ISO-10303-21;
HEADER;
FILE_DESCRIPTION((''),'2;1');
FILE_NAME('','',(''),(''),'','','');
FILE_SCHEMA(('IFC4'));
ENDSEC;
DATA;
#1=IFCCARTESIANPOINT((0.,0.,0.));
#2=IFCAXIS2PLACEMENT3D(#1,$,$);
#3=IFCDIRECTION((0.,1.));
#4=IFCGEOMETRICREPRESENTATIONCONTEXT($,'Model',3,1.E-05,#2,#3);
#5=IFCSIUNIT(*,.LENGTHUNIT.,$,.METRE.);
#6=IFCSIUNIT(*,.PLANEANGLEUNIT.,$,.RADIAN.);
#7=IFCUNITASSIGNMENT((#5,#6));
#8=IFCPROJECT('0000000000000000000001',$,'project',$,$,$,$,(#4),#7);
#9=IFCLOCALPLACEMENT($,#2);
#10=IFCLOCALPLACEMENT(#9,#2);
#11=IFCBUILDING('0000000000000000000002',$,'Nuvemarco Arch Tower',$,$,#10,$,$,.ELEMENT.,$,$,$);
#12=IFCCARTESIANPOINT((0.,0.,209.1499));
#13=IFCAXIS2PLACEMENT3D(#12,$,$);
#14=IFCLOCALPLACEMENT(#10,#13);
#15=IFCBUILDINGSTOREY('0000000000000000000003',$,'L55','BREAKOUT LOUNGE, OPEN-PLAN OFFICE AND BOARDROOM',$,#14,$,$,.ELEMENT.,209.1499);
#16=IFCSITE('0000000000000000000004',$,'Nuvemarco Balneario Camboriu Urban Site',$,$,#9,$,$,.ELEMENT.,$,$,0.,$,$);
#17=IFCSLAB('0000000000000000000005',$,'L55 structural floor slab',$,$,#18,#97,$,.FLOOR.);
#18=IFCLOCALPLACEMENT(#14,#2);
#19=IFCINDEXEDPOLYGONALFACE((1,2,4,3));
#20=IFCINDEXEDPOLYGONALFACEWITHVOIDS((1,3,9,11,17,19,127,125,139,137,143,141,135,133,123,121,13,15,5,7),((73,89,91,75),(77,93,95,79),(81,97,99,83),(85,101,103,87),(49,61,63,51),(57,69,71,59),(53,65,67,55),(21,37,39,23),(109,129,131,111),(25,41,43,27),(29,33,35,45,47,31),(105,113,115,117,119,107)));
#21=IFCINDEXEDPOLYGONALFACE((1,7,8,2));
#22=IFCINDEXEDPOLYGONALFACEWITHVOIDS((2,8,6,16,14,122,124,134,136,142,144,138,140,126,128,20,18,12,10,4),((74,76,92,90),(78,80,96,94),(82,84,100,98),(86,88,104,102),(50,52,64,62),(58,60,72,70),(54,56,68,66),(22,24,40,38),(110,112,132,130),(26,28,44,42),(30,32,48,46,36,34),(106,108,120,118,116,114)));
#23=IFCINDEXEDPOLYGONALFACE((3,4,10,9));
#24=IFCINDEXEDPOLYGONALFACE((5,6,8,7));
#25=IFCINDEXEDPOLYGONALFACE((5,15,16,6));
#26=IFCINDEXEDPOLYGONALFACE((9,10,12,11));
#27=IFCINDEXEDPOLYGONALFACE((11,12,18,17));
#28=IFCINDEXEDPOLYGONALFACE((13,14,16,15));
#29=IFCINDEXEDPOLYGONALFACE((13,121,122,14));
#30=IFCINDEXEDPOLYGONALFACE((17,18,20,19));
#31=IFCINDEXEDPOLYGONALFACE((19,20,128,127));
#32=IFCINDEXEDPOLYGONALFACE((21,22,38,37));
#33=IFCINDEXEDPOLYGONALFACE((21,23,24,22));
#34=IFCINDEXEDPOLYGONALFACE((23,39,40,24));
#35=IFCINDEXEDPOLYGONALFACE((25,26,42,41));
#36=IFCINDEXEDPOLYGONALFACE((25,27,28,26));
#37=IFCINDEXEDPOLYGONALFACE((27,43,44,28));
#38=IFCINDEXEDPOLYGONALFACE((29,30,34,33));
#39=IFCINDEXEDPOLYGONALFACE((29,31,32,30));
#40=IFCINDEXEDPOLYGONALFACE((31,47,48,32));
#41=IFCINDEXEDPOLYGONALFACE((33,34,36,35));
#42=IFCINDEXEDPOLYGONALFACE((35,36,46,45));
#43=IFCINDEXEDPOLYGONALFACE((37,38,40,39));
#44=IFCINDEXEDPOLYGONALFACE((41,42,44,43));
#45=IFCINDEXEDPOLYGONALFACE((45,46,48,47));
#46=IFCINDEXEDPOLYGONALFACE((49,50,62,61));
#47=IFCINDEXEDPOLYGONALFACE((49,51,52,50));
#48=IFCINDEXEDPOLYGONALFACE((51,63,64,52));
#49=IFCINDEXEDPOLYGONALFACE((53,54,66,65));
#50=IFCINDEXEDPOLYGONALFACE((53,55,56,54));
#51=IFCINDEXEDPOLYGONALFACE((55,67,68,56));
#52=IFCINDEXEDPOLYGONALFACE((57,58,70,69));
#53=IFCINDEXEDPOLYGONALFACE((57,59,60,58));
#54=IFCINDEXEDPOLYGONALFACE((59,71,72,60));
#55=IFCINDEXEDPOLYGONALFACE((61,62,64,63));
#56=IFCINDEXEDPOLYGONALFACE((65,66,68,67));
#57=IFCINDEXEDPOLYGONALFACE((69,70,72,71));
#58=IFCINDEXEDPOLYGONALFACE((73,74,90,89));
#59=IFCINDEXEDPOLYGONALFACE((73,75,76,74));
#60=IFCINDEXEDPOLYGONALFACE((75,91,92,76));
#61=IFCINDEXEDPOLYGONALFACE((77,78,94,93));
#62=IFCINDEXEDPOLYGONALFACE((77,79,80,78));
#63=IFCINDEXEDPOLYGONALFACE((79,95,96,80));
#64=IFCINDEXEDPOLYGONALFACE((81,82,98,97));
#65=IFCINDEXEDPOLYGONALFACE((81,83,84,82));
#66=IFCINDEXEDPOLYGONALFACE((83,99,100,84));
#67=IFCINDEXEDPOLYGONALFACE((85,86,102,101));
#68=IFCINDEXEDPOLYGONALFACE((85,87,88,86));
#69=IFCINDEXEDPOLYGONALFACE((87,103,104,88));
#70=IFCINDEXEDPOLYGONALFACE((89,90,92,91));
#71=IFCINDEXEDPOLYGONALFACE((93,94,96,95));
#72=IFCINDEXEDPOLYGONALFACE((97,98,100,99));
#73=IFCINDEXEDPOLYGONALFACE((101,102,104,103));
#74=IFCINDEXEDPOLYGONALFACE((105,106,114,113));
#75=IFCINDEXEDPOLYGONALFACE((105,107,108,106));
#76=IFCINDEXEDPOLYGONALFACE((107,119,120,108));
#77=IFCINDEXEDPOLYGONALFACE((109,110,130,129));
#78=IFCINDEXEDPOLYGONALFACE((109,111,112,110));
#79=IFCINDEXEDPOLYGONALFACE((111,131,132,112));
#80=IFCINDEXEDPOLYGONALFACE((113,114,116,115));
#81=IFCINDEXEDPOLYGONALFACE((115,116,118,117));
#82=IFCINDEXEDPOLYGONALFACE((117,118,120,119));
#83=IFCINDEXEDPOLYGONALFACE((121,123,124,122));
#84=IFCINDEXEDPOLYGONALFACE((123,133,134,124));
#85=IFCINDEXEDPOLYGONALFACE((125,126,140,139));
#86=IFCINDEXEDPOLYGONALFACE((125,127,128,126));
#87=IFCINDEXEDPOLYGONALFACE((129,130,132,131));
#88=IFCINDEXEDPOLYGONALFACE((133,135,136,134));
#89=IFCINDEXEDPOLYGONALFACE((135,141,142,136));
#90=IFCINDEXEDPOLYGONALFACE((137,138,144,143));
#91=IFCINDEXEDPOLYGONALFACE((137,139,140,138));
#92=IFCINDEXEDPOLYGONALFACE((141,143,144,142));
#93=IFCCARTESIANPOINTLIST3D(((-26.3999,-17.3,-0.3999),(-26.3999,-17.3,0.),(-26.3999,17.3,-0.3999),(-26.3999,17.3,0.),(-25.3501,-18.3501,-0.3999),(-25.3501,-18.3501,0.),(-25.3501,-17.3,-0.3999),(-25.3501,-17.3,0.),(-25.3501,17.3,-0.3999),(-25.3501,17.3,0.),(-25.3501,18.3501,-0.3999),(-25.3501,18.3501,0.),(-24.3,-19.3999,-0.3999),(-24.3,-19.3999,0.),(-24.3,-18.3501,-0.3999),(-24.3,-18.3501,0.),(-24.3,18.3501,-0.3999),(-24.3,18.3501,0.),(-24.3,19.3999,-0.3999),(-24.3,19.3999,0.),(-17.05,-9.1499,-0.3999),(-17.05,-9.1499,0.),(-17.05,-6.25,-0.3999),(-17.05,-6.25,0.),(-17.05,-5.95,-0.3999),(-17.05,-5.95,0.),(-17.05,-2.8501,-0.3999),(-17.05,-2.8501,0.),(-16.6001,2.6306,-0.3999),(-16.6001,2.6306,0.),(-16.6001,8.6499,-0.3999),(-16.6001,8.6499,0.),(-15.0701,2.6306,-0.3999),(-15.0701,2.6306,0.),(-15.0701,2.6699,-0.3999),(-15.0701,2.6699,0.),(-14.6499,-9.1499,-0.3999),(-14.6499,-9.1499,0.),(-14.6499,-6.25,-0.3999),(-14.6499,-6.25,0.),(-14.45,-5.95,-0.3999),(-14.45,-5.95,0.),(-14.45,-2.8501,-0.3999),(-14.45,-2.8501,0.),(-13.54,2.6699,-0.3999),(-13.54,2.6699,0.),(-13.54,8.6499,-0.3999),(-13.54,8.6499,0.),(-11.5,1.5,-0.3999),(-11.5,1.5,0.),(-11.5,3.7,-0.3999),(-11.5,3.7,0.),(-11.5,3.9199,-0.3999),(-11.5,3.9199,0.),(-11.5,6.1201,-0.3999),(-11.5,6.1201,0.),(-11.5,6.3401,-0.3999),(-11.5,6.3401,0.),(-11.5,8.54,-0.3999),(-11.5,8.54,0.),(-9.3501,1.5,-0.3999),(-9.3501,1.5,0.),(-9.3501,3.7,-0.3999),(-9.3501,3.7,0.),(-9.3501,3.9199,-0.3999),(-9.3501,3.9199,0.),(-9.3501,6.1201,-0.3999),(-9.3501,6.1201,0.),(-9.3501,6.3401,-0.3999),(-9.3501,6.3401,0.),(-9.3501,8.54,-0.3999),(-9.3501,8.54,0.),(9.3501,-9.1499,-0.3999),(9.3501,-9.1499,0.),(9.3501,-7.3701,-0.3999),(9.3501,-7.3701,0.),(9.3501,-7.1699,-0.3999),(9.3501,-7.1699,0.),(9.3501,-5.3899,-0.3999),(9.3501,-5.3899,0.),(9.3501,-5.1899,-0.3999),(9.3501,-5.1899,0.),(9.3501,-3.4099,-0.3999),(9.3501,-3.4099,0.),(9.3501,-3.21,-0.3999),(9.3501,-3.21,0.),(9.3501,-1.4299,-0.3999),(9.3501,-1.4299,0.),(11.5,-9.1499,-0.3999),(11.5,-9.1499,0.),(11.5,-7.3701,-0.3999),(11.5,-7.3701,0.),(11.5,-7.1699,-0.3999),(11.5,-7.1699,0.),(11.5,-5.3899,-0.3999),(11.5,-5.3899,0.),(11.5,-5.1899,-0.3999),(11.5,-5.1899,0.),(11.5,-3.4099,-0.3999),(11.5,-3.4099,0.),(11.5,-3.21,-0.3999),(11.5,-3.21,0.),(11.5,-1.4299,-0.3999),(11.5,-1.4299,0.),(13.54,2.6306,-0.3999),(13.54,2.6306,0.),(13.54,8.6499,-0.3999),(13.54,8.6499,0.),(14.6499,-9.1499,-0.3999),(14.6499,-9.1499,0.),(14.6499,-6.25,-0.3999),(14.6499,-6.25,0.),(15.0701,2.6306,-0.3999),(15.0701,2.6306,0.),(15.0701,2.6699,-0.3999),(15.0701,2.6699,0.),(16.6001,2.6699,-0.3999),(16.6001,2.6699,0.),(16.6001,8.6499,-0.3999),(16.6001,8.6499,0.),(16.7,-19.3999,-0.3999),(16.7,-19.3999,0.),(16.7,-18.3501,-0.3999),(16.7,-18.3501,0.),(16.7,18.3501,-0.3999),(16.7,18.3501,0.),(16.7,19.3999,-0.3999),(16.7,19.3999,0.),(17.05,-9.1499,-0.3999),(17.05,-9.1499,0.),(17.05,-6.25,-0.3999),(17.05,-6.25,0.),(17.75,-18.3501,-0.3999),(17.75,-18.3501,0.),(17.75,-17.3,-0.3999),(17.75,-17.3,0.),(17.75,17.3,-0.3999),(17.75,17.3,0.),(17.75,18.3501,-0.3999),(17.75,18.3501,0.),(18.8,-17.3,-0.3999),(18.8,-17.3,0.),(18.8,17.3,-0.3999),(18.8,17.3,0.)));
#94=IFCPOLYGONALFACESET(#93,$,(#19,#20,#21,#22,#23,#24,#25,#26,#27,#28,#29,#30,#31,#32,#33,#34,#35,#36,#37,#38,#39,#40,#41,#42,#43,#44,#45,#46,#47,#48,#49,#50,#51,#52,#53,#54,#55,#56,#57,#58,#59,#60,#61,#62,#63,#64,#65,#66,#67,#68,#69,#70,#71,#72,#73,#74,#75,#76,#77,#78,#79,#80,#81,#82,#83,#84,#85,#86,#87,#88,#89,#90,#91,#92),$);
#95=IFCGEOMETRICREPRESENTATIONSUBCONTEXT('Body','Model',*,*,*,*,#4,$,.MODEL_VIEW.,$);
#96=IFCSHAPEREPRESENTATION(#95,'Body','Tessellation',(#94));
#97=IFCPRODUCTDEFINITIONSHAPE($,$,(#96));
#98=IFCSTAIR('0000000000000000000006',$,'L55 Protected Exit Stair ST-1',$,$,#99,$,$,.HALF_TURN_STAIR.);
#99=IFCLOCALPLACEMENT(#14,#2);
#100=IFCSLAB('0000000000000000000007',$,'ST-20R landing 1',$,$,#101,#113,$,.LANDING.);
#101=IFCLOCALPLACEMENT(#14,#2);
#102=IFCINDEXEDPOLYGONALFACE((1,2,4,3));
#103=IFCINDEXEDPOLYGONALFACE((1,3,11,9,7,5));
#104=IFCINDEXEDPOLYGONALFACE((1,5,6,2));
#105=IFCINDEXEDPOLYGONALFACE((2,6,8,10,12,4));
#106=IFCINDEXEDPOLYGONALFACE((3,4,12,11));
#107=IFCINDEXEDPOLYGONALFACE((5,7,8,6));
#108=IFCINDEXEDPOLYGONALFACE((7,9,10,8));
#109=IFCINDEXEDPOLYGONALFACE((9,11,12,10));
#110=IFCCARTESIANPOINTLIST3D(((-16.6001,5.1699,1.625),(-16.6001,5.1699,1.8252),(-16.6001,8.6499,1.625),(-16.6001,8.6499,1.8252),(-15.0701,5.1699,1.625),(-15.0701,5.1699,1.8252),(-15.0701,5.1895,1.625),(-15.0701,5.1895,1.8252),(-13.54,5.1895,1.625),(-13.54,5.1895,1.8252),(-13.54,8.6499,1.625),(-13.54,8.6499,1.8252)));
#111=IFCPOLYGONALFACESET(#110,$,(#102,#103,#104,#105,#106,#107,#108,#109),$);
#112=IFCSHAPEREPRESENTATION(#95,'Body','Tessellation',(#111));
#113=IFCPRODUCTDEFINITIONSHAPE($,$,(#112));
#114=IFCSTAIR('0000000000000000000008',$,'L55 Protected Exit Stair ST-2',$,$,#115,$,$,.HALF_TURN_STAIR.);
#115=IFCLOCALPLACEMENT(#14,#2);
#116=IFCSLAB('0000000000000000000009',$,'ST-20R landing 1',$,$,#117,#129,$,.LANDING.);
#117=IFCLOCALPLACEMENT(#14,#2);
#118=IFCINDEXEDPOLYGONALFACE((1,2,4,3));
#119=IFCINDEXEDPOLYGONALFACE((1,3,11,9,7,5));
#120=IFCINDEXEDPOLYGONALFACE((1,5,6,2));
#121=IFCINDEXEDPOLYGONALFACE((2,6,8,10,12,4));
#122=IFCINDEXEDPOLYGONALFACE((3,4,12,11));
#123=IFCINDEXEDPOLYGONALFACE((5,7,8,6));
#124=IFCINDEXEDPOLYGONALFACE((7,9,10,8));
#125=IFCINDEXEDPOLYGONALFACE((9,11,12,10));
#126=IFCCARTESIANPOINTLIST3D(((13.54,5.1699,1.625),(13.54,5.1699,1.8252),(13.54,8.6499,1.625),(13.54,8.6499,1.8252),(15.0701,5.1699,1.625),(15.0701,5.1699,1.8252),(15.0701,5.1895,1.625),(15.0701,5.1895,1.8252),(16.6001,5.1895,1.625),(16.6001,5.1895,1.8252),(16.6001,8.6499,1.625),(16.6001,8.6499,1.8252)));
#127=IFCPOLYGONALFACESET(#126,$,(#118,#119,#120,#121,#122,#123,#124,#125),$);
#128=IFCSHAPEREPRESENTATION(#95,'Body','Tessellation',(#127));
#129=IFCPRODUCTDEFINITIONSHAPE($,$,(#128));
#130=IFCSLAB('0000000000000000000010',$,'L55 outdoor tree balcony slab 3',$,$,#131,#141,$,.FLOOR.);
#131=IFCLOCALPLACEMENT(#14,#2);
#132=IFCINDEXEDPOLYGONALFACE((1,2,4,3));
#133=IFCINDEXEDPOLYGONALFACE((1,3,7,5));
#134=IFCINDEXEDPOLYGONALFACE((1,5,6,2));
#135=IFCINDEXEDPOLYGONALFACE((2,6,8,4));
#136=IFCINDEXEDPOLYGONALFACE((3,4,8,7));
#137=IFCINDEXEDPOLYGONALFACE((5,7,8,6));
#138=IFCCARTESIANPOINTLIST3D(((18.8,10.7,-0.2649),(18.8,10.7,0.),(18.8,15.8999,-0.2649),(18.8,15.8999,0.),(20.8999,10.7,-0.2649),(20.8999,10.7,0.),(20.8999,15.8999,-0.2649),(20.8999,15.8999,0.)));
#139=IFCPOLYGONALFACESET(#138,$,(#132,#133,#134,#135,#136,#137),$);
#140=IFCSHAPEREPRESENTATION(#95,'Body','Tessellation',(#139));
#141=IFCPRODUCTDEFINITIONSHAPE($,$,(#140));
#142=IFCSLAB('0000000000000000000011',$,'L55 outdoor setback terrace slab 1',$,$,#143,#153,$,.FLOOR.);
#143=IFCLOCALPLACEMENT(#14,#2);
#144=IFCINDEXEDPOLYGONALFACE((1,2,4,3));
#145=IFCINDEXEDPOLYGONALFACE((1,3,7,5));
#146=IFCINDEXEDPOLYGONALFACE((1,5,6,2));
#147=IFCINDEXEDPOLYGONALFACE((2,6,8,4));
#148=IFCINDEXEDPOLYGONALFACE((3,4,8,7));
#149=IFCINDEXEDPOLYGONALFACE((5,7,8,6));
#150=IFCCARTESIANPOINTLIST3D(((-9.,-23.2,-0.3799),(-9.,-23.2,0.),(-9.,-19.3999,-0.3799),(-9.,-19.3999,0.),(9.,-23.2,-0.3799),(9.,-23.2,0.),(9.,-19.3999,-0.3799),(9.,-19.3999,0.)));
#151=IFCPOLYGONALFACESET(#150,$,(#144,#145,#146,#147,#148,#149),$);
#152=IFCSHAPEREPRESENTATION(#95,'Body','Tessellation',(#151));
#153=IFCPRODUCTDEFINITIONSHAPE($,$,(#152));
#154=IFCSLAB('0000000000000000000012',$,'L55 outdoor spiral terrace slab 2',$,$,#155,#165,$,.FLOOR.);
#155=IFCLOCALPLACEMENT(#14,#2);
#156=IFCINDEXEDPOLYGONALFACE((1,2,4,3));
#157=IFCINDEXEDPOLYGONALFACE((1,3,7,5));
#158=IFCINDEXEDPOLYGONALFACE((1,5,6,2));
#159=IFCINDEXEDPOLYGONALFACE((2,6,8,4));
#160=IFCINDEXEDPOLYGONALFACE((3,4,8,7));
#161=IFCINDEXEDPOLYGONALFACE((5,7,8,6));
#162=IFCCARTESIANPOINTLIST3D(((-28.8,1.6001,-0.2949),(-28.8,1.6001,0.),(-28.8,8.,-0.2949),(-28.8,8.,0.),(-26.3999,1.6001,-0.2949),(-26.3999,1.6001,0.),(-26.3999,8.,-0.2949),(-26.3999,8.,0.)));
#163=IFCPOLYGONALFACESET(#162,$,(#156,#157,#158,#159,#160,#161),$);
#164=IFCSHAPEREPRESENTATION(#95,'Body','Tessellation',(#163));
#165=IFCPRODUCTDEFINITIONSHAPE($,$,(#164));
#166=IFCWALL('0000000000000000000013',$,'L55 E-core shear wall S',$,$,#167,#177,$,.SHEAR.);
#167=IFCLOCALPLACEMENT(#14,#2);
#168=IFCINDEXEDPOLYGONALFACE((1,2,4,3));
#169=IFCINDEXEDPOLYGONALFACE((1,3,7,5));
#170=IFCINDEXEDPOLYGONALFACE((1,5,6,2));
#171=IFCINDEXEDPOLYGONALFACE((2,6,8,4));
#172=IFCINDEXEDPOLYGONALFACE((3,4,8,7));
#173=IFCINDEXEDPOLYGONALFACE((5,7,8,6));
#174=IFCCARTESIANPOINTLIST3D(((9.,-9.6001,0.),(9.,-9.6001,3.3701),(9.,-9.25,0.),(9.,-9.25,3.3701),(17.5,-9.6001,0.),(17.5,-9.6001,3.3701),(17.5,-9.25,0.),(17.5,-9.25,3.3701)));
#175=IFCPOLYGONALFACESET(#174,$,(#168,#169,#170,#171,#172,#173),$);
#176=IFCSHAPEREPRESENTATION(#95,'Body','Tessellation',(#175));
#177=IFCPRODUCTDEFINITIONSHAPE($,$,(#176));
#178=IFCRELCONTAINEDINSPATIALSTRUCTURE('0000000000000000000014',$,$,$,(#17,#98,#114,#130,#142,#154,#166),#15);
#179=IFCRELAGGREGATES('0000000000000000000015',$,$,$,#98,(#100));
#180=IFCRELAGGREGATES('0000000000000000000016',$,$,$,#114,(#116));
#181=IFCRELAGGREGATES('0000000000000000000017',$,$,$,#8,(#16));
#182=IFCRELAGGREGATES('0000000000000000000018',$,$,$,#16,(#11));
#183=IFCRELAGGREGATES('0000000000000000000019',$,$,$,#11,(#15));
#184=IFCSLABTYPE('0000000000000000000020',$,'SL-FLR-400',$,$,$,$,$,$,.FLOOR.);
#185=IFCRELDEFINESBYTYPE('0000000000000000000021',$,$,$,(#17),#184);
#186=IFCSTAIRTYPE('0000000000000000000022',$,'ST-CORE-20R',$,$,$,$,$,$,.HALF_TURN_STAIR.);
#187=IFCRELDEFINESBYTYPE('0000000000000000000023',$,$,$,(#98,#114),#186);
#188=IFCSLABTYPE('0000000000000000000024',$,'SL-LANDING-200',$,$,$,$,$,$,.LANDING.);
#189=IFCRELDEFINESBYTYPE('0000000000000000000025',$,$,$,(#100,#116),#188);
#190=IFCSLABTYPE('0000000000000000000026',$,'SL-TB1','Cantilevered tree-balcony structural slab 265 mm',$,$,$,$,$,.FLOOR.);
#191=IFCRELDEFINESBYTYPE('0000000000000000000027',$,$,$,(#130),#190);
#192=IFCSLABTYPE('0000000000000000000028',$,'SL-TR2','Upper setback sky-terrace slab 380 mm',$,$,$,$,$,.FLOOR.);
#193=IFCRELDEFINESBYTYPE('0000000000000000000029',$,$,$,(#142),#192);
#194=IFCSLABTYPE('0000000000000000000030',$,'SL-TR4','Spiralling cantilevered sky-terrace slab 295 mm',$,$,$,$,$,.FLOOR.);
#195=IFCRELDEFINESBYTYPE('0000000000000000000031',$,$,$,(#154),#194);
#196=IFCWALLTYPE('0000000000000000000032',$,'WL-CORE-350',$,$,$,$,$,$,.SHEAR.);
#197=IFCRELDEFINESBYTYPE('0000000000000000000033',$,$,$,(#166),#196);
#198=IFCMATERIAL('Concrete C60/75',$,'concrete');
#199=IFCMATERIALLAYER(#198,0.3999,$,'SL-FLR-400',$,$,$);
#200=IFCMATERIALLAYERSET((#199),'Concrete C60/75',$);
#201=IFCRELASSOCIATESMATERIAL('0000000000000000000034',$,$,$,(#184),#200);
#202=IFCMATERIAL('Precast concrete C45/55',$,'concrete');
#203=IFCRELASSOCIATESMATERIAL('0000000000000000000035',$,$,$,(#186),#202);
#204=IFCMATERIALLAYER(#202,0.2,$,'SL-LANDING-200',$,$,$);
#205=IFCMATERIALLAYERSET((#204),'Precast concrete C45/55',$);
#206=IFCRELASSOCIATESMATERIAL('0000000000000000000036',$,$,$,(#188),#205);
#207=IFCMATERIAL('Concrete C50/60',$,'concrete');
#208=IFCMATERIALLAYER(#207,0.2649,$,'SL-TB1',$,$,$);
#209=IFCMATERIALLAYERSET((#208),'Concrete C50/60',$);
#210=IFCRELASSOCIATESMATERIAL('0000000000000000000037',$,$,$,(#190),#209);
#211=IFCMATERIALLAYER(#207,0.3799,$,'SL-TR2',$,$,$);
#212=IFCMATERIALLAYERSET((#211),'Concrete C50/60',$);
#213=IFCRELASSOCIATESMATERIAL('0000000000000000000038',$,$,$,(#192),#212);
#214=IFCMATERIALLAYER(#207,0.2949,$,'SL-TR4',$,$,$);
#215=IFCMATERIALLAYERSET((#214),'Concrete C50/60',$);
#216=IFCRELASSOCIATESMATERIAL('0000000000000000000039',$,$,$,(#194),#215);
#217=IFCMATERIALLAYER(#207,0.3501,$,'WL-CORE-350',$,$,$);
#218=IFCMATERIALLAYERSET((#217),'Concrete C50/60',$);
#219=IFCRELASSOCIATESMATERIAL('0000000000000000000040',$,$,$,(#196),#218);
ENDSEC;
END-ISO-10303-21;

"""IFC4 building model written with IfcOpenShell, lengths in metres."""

from ifc_helpers import new_model, si_unit, direction, frame, frame_2d, origin, place, context, subcontext, project, spatial, polyline, rectangle, outline, extrude, material, layer, layer_set, type_object, element, aggregate, save


model = new_model("IFC4")

# Units and contexts
model_context = context("Model", 3, precision=1e-05, world=origin(), true_north=direction((0.0, 1.0)))
body_context = subcontext(model_context, "Body", "Model", "MODEL_VIEW")
ifc_project = project(units=[si_unit("LENGTHUNIT", "METRE"), si_unit("PLANEANGLEUNIT", "RADIAN")], contexts=[model_context])

# Site, building, storey
site_placement = place(None, origin())
site = spatial("IfcSite", under=ifc_project, at=site_placement, Name="Nuvemarco Balneario Camboriu Urban Site", CompositionType="ELEMENT", RefElevation=0.0)
building_placement = place(site_placement, origin())
building = spatial("IfcBuilding", under=site, at=building_placement, Name="Nuvemarco Arch Tower", CompositionType="ELEMENT")
storey_placement = place(building_placement, frame((0.0, 0.0, 209.1499)))
storey = spatial("IfcBuildingStorey", under=building, at=storey_placement, Name="L55", Description="BREAKOUT LOUNGE, OPEN-PLAN OFFICE AND BOARDROOM", CompositionType="ELEMENT", Elevation=209.1499)

# Shared definitions
ifc_material_1 = material(Name="Concrete C50/60", Category="concrete")

# Slab
ifc_material_2 = material(Name="Concrete C60/75", Category="concrete")
ifc_layer_1 = layer(ifc_material_2, 0.3999, Name="SL-FLR-400")
ifc_layer_set_1 = layer_set([ifc_layer_1], Name="Concrete C60/75")
slab_type_1 = type_object("IfcSlabType", Name="SL-FLR-400", PredefinedType="FLOOR", material=ifc_layer_set_1)
slab_1_placement = place(storey_placement, frame((0.0, 0.0, -0.3999)))
element("IfcSlab", 1, at=slab_1_placement, inside=storey, type_object=slab_type_1, Name="L55 structural floor slab", PredefinedType="FLOOR", context=body_context, shape_type="SweptSolid", body=[
    extrude(outline(polyline([(-24.3, -19.3999), (16.7, -19.3999), (16.7, -18.3501), (17.75, -18.3501), (17.75, -17.3), (18.8, -17.3), (18.8, 17.3), (17.75, 17.3), (17.75, 18.3501), (16.7, 18.3501), (16.7, 19.3999), (-24.3, 19.3999), (-24.3, 18.3501), (-25.3501, 18.3501), (-25.3501, 17.3), (-26.3999, 17.3), (-26.3999, -17.3), (-25.3501, -17.3), (-25.3501, -18.3501), (-24.3, -18.3501), (-24.3, -19.3999)]), holes=[polyline([(-13.54, 2.6699), (-13.54, 8.6499), (-16.6001, 8.6499), (-16.6001, 2.6306), (-15.0701, 2.6306), (-15.0701, 2.6699), (-13.54, 2.6699)]), polyline([(16.6001, 2.6699), (16.6001, 8.6499), (13.54, 8.6499), (13.54, 2.6306), (15.0701, 2.6306), (15.0701, 2.6699), (16.6001, 2.6699)]), polyline([(-17.05, -9.1499), (-14.6499, -9.1499), (-14.6499, -6.25), (-17.05, -6.25), (-17.05, -9.1499)]), polyline([(-17.05, -5.95), (-14.45, -5.95), (-14.45, -2.8501), (-17.05, -2.8501), (-17.05, -5.95)]), polyline([(-11.5, 1.5), (-9.3501, 1.5), (-9.3501, 3.7), (-11.5, 3.7), (-11.5, 1.5)]), polyline([(-11.5, 3.9199), (-9.3501, 3.9199), (-9.3501, 6.1201), (-11.5, 6.1201), (-11.5, 3.9199)]), polyline([(-11.5, 6.3401), (-9.3501, 6.3401), (-9.3501, 8.54), (-11.5, 8.54), (-11.5, 6.3401)]), polyline([(14.6499, -9.1499), (17.05, -9.1499), (17.05, -6.25), (14.6499, -6.25), (14.6499, -9.1499)]), polyline([(9.3501, -9.1499), (11.5, -9.1499), (11.5, -7.3701), (9.3501, -7.3701), (9.3501, -9.1499)]), polyline([(9.3501, -7.1699), (11.5, -7.1699), (11.5, -5.3899), (9.3501, -5.3899), (9.3501, -7.1699)]), polyline([(9.3501, -5.1899), (11.5, -5.1899), (11.5, -3.4099), (9.3501, -3.4099), (9.3501, -5.1899)]), polyline([(9.3501, -3.21), (11.5, -3.21), (11.5, -1.4299), (9.3501, -1.4299), (9.3501, -3.21)])]), origin(), (0.0, 0.0, 1.0), 0.3999),
])

# Stairs, slabs
ifc_material_3 = material(Name="Precast concrete C45/55", Category="concrete")
stair_type = type_object("IfcStairType", Name="ST-CORE-20R", PredefinedType="HALF_TURN_STAIR", material=ifc_material_3)
stair_1_placement = place(storey_placement, origin())
stair_1 = element("IfcStair", 2, at=stair_1_placement, inside=storey, type_object=stair_type, Name="L55 Protected Exit Stair ST-1", PredefinedType="HALF_TURN_STAIR")
ifc_layer_2 = layer(ifc_material_3, 0.2, Name="SL-LANDING-200")
ifc_layer_set_2 = layer_set([ifc_layer_2], Name="Precast concrete C45/55")
slab_type_2 = type_object("IfcSlabType", Name="SL-LANDING-200", PredefinedType="LANDING", material=ifc_layer_set_2)
slab_2_placement = place(storey_placement, frame((0.0, 0.0, 1.625)))
slab_2 = element("IfcSlab", 3, at=slab_2_placement, type_object=slab_type_2, Name="ST-20R landing 1", PredefinedType="LANDING", context=body_context, shape_type="SweptSolid", body=[
    extrude(outline(polyline([(-13.54, 5.1895), (-13.54, 8.6499), (-16.6001, 8.6499), (-16.6001, 5.1699), (-15.0701, 5.1699), (-15.0701, 5.1895), (-13.54, 5.1895)])), origin(), (0.0, 0.0, 1.0), 0.2002),
])
aggregate(stair_1, [slab_2])
stair_2_placement = place(storey_placement, origin())
stair_2 = element("IfcStair", 4, at=stair_2_placement, inside=storey, type_object=stair_type, Name="L55 Protected Exit Stair ST-2", PredefinedType="HALF_TURN_STAIR")
slab_3_placement = place(storey_placement, frame((0.0, 0.0, 1.625)))
slab_3 = element("IfcSlab", 5, at=slab_3_placement, type_object=slab_type_2, Name="ST-20R landing 1", PredefinedType="LANDING", context=body_context, shape_type="SweptSolid", body=[
    extrude(outline(polyline([(16.6001, 5.1895), (16.6001, 8.6499), (13.54, 8.6499), (13.54, 5.1699), (15.0701, 5.1699), (15.0701, 5.1895), (16.6001, 5.1895)])), origin(), (0.0, 0.0, 1.0), 0.2002),
])
aggregate(stair_2, [slab_3])

# Slabs
ifc_layer_3 = layer(ifc_material_1, 0.2649, Name="SL-TB1")
ifc_layer_set_3 = layer_set([ifc_layer_3], Name="Concrete C50/60")
slab_type_3 = type_object("IfcSlabType", Name="SL-TB1", Description="Cantilevered tree-balcony structural slab 265 mm", PredefinedType="FLOOR", material=ifc_layer_set_3)
slab_4_placement = place(storey_placement, frame((0.0, 0.0, -0.2649)))
element("IfcSlab", 6, at=slab_4_placement, inside=storey, type_object=slab_type_3, Name="L55 outdoor tree balcony slab 3", PredefinedType="FLOOR", context=body_context, shape_type="SweptSolid", body=[
    extrude(outline(polyline([(18.8, 10.7), (20.8999, 10.7), (20.8999, 15.8999), (18.8, 15.8999), (18.8, 10.7)])), origin(), (0.0, 0.0, 1.0), 0.2649),
])
ifc_layer_4 = layer(ifc_material_1, 0.3799, Name="SL-TR2")
ifc_layer_set_4 = layer_set([ifc_layer_4], Name="Concrete C50/60")
slab_type_4 = type_object("IfcSlabType", Name="SL-TR2", Description="Upper setback sky-terrace slab 380 mm", PredefinedType="FLOOR", material=ifc_layer_set_4)
slab_5_placement = place(storey_placement, frame((0.0, 0.0, -0.3799)))
element("IfcSlab", 7, at=slab_5_placement, inside=storey, type_object=slab_type_4, Name="L55 outdoor setback terrace slab 1", PredefinedType="FLOOR", context=body_context, shape_type="SweptSolid", body=[
    extrude(outline(polyline([(-9.0, -23.2), (9.0, -23.2), (9.0, -19.3999), (-9.0, -19.3999), (-9.0, -23.2)])), origin(), (0.0, 0.0, 1.0), 0.3799),
])
ifc_layer_5 = layer(ifc_material_1, 0.2949, Name="SL-TR4")
ifc_layer_set_5 = layer_set([ifc_layer_5], Name="Concrete C50/60")
slab_type_5 = type_object("IfcSlabType", Name="SL-TR4", Description="Spiralling cantilevered sky-terrace slab 295 mm", PredefinedType="FLOOR", material=ifc_layer_set_5)
slab_6_placement = place(storey_placement, frame((0.0, 0.0, -0.2949)))
element("IfcSlab", 8, at=slab_6_placement, inside=storey, type_object=slab_type_5, Name="L55 outdoor spiral terrace slab 2", PredefinedType="FLOOR", context=body_context, shape_type="SweptSolid", body=[
    extrude(outline(polyline([(-28.8, 1.6001), (-26.3999, 1.6001), (-26.3999, 8.0), (-28.8, 8.0), (-28.8, 1.6001)])), origin(), (0.0, 0.0, 1.0), 0.2949),
])

# Wall
ifc_layer_6 = layer(ifc_material_1, 0.3501, Name="WL-CORE-350")
ifc_layer_set_6 = layer_set([ifc_layer_6], Name="Concrete C50/60")
wall_type = type_object("IfcWallType", Name="WL-CORE-350", PredefinedType="SHEAR", material=ifc_layer_set_6)
wall_placement = place(storey_placement, frame((9.0, -9.425, 0.0), z_axis=(0.0, 0.0, 1.0), x_axis=(1.0, 0.0, 0.0)))
element("IfcWall", 9, at=wall_placement, inside=storey, type_object=wall_type, Name="L55 E-core shear wall S", PredefinedType="SHEAR", context=body_context, shape_type="SweptSolid", body=[
    extrude(rectangle(XDim=8.5, YDim=0.3501, at=frame_2d((4.25, 0.0))), origin(), (0.0, 0.0, 1.0), 3.3701),
])

save(model, "model.ifc")
